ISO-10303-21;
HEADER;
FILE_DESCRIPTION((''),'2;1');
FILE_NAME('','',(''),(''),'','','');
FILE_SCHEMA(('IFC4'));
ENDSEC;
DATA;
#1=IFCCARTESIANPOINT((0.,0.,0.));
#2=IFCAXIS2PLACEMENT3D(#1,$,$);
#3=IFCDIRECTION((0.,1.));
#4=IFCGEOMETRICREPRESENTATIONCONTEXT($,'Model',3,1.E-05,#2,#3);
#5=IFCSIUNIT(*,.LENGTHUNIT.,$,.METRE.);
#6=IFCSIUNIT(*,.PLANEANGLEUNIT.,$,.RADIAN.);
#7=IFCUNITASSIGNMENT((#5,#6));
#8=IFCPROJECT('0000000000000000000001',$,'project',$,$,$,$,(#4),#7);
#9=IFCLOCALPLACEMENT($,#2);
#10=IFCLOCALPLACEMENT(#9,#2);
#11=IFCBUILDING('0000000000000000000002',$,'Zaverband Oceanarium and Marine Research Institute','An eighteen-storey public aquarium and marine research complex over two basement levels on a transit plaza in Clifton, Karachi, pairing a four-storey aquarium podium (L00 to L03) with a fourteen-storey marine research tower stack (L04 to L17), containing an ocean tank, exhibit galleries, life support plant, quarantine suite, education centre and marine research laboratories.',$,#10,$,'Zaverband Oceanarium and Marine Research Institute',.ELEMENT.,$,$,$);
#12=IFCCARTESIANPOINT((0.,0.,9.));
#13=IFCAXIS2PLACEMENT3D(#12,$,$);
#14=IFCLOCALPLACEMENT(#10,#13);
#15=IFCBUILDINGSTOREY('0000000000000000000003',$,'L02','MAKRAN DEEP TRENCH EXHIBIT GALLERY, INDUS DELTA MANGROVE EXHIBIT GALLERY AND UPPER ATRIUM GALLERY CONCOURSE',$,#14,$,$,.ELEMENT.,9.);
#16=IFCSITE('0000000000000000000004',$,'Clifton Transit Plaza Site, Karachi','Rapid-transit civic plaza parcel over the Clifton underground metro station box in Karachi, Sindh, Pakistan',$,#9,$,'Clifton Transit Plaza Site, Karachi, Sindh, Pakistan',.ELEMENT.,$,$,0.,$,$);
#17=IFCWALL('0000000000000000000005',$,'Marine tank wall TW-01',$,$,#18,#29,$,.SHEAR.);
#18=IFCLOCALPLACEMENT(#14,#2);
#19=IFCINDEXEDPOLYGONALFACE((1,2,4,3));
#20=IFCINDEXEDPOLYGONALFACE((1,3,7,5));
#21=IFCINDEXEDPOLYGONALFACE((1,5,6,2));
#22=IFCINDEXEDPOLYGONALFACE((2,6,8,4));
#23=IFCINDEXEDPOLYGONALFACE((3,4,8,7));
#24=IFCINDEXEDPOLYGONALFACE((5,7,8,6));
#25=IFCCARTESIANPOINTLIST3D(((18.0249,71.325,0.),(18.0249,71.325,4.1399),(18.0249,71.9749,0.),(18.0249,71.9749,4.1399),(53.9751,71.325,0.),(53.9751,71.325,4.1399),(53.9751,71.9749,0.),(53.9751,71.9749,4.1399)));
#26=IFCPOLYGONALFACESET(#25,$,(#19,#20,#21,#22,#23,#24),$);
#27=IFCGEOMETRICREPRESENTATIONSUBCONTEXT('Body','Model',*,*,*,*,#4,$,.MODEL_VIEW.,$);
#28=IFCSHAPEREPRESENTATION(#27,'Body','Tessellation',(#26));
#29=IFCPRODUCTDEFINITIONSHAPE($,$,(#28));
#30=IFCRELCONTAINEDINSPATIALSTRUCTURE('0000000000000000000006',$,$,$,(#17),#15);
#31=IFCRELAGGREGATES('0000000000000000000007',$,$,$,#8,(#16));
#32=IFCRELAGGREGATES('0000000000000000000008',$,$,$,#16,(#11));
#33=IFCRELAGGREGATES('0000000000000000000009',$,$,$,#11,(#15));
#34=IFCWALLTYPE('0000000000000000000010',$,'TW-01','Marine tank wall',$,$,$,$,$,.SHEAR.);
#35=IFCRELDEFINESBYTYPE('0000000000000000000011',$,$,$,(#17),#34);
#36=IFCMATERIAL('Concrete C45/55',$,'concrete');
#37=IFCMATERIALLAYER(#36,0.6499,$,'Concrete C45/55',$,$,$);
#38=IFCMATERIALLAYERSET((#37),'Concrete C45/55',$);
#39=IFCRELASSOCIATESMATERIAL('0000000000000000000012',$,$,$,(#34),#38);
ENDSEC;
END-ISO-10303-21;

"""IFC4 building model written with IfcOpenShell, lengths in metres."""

from ifc_helpers import new_model, si_unit, direction, frame, frame_2d, origin, place, context, subcontext, project, spatial, rectangle, extrude, material, layer, layer_set, type_object, element, save


model = new_model("IFC4")

# Units and contexts
model_context = context("Model", 3, precision=1e-05, world=origin(), true_north=direction((0.0, 1.0)))
body_context = subcontext(model_context, "Body", "Model", "MODEL_VIEW")
ifc_project = project(units=[si_unit("LENGTHUNIT", "METRE"), si_unit("PLANEANGLEUNIT", "RADIAN")], contexts=[model_context])

# Site, building, storey
site_placement = place(None, origin())
site = spatial("IfcSite", under=ifc_project, at=site_placement, Name="Clifton Transit Plaza Site, Karachi", Description="Rapid-transit civic plaza parcel over the Clifton underground metro station box in Karachi, Sindh, Pakistan", LongName="Clifton Transit Plaza Site, Karachi, Sindh, Pakistan", CompositionType="ELEMENT", RefElevation=0.0)
building_placement = place(site_placement, origin())
building = spatial("IfcBuilding", under=site, at=building_placement, Name="Zaverband Oceanarium and Marine Research Institute", Description="An eighteen-storey public aquarium and marine research complex over two basement levels on a transit plaza in Clifton, Karachi, pairing a four-storey aquarium podium (L00 to L03) with a fourteen-storey marine research tower stack (L04 to L17), containing an ocean tank, exhibit galleries, life support plant, quarantine suite, education centre and marine research laboratories.", LongName="Zaverband Oceanarium and Marine Research Institute", CompositionType="ELEMENT")
storey_placement = place(building_placement, frame((0.0, 0.0, 9.0)))
storey = spatial("IfcBuildingStorey", under=building, at=storey_placement, Name="L02", Description="MAKRAN DEEP TRENCH EXHIBIT GALLERY, INDUS DELTA MANGROVE EXHIBIT GALLERY AND UPPER ATRIUM GALLERY CONCOURSE", CompositionType="ELEMENT", Elevation=9.0)

# Wall
ifc_material_1 = material(Name="Concrete C45/55", Category="concrete")
ifc_layer_1 = layer(ifc_material_1, 0.6499, Name="Concrete C45/55")
ifc_layer_set_1 = layer_set([ifc_layer_1], Name="Concrete C45/55")
wall_type_1 = type_object("IfcWallType", Name="TW-01", Description="Marine tank wall", PredefinedType="SHEAR", material=ifc_layer_set_1)
wall_1_placement = place(storey_placement, frame((18.0249, 71.6499, 0.0), z_axis=(0.0, 0.0, 1.0), x_axis=(1.0, 0.0, 0.0)))
element("IfcWall", 1, at=wall_1_placement, inside=storey, type_object=wall_type_1, Name="Marine tank wall TW-01", PredefinedType="SHEAR", context=body_context, shape_type="SweptSolid", body=[
    extrude(rectangle(XDim=35.9502, YDim=0.6499, at=frame_2d((17.9751, 0.0))), origin(), (0.0, 0.0, 1.0), 4.1399),
])

save(model, "model.ifc")
